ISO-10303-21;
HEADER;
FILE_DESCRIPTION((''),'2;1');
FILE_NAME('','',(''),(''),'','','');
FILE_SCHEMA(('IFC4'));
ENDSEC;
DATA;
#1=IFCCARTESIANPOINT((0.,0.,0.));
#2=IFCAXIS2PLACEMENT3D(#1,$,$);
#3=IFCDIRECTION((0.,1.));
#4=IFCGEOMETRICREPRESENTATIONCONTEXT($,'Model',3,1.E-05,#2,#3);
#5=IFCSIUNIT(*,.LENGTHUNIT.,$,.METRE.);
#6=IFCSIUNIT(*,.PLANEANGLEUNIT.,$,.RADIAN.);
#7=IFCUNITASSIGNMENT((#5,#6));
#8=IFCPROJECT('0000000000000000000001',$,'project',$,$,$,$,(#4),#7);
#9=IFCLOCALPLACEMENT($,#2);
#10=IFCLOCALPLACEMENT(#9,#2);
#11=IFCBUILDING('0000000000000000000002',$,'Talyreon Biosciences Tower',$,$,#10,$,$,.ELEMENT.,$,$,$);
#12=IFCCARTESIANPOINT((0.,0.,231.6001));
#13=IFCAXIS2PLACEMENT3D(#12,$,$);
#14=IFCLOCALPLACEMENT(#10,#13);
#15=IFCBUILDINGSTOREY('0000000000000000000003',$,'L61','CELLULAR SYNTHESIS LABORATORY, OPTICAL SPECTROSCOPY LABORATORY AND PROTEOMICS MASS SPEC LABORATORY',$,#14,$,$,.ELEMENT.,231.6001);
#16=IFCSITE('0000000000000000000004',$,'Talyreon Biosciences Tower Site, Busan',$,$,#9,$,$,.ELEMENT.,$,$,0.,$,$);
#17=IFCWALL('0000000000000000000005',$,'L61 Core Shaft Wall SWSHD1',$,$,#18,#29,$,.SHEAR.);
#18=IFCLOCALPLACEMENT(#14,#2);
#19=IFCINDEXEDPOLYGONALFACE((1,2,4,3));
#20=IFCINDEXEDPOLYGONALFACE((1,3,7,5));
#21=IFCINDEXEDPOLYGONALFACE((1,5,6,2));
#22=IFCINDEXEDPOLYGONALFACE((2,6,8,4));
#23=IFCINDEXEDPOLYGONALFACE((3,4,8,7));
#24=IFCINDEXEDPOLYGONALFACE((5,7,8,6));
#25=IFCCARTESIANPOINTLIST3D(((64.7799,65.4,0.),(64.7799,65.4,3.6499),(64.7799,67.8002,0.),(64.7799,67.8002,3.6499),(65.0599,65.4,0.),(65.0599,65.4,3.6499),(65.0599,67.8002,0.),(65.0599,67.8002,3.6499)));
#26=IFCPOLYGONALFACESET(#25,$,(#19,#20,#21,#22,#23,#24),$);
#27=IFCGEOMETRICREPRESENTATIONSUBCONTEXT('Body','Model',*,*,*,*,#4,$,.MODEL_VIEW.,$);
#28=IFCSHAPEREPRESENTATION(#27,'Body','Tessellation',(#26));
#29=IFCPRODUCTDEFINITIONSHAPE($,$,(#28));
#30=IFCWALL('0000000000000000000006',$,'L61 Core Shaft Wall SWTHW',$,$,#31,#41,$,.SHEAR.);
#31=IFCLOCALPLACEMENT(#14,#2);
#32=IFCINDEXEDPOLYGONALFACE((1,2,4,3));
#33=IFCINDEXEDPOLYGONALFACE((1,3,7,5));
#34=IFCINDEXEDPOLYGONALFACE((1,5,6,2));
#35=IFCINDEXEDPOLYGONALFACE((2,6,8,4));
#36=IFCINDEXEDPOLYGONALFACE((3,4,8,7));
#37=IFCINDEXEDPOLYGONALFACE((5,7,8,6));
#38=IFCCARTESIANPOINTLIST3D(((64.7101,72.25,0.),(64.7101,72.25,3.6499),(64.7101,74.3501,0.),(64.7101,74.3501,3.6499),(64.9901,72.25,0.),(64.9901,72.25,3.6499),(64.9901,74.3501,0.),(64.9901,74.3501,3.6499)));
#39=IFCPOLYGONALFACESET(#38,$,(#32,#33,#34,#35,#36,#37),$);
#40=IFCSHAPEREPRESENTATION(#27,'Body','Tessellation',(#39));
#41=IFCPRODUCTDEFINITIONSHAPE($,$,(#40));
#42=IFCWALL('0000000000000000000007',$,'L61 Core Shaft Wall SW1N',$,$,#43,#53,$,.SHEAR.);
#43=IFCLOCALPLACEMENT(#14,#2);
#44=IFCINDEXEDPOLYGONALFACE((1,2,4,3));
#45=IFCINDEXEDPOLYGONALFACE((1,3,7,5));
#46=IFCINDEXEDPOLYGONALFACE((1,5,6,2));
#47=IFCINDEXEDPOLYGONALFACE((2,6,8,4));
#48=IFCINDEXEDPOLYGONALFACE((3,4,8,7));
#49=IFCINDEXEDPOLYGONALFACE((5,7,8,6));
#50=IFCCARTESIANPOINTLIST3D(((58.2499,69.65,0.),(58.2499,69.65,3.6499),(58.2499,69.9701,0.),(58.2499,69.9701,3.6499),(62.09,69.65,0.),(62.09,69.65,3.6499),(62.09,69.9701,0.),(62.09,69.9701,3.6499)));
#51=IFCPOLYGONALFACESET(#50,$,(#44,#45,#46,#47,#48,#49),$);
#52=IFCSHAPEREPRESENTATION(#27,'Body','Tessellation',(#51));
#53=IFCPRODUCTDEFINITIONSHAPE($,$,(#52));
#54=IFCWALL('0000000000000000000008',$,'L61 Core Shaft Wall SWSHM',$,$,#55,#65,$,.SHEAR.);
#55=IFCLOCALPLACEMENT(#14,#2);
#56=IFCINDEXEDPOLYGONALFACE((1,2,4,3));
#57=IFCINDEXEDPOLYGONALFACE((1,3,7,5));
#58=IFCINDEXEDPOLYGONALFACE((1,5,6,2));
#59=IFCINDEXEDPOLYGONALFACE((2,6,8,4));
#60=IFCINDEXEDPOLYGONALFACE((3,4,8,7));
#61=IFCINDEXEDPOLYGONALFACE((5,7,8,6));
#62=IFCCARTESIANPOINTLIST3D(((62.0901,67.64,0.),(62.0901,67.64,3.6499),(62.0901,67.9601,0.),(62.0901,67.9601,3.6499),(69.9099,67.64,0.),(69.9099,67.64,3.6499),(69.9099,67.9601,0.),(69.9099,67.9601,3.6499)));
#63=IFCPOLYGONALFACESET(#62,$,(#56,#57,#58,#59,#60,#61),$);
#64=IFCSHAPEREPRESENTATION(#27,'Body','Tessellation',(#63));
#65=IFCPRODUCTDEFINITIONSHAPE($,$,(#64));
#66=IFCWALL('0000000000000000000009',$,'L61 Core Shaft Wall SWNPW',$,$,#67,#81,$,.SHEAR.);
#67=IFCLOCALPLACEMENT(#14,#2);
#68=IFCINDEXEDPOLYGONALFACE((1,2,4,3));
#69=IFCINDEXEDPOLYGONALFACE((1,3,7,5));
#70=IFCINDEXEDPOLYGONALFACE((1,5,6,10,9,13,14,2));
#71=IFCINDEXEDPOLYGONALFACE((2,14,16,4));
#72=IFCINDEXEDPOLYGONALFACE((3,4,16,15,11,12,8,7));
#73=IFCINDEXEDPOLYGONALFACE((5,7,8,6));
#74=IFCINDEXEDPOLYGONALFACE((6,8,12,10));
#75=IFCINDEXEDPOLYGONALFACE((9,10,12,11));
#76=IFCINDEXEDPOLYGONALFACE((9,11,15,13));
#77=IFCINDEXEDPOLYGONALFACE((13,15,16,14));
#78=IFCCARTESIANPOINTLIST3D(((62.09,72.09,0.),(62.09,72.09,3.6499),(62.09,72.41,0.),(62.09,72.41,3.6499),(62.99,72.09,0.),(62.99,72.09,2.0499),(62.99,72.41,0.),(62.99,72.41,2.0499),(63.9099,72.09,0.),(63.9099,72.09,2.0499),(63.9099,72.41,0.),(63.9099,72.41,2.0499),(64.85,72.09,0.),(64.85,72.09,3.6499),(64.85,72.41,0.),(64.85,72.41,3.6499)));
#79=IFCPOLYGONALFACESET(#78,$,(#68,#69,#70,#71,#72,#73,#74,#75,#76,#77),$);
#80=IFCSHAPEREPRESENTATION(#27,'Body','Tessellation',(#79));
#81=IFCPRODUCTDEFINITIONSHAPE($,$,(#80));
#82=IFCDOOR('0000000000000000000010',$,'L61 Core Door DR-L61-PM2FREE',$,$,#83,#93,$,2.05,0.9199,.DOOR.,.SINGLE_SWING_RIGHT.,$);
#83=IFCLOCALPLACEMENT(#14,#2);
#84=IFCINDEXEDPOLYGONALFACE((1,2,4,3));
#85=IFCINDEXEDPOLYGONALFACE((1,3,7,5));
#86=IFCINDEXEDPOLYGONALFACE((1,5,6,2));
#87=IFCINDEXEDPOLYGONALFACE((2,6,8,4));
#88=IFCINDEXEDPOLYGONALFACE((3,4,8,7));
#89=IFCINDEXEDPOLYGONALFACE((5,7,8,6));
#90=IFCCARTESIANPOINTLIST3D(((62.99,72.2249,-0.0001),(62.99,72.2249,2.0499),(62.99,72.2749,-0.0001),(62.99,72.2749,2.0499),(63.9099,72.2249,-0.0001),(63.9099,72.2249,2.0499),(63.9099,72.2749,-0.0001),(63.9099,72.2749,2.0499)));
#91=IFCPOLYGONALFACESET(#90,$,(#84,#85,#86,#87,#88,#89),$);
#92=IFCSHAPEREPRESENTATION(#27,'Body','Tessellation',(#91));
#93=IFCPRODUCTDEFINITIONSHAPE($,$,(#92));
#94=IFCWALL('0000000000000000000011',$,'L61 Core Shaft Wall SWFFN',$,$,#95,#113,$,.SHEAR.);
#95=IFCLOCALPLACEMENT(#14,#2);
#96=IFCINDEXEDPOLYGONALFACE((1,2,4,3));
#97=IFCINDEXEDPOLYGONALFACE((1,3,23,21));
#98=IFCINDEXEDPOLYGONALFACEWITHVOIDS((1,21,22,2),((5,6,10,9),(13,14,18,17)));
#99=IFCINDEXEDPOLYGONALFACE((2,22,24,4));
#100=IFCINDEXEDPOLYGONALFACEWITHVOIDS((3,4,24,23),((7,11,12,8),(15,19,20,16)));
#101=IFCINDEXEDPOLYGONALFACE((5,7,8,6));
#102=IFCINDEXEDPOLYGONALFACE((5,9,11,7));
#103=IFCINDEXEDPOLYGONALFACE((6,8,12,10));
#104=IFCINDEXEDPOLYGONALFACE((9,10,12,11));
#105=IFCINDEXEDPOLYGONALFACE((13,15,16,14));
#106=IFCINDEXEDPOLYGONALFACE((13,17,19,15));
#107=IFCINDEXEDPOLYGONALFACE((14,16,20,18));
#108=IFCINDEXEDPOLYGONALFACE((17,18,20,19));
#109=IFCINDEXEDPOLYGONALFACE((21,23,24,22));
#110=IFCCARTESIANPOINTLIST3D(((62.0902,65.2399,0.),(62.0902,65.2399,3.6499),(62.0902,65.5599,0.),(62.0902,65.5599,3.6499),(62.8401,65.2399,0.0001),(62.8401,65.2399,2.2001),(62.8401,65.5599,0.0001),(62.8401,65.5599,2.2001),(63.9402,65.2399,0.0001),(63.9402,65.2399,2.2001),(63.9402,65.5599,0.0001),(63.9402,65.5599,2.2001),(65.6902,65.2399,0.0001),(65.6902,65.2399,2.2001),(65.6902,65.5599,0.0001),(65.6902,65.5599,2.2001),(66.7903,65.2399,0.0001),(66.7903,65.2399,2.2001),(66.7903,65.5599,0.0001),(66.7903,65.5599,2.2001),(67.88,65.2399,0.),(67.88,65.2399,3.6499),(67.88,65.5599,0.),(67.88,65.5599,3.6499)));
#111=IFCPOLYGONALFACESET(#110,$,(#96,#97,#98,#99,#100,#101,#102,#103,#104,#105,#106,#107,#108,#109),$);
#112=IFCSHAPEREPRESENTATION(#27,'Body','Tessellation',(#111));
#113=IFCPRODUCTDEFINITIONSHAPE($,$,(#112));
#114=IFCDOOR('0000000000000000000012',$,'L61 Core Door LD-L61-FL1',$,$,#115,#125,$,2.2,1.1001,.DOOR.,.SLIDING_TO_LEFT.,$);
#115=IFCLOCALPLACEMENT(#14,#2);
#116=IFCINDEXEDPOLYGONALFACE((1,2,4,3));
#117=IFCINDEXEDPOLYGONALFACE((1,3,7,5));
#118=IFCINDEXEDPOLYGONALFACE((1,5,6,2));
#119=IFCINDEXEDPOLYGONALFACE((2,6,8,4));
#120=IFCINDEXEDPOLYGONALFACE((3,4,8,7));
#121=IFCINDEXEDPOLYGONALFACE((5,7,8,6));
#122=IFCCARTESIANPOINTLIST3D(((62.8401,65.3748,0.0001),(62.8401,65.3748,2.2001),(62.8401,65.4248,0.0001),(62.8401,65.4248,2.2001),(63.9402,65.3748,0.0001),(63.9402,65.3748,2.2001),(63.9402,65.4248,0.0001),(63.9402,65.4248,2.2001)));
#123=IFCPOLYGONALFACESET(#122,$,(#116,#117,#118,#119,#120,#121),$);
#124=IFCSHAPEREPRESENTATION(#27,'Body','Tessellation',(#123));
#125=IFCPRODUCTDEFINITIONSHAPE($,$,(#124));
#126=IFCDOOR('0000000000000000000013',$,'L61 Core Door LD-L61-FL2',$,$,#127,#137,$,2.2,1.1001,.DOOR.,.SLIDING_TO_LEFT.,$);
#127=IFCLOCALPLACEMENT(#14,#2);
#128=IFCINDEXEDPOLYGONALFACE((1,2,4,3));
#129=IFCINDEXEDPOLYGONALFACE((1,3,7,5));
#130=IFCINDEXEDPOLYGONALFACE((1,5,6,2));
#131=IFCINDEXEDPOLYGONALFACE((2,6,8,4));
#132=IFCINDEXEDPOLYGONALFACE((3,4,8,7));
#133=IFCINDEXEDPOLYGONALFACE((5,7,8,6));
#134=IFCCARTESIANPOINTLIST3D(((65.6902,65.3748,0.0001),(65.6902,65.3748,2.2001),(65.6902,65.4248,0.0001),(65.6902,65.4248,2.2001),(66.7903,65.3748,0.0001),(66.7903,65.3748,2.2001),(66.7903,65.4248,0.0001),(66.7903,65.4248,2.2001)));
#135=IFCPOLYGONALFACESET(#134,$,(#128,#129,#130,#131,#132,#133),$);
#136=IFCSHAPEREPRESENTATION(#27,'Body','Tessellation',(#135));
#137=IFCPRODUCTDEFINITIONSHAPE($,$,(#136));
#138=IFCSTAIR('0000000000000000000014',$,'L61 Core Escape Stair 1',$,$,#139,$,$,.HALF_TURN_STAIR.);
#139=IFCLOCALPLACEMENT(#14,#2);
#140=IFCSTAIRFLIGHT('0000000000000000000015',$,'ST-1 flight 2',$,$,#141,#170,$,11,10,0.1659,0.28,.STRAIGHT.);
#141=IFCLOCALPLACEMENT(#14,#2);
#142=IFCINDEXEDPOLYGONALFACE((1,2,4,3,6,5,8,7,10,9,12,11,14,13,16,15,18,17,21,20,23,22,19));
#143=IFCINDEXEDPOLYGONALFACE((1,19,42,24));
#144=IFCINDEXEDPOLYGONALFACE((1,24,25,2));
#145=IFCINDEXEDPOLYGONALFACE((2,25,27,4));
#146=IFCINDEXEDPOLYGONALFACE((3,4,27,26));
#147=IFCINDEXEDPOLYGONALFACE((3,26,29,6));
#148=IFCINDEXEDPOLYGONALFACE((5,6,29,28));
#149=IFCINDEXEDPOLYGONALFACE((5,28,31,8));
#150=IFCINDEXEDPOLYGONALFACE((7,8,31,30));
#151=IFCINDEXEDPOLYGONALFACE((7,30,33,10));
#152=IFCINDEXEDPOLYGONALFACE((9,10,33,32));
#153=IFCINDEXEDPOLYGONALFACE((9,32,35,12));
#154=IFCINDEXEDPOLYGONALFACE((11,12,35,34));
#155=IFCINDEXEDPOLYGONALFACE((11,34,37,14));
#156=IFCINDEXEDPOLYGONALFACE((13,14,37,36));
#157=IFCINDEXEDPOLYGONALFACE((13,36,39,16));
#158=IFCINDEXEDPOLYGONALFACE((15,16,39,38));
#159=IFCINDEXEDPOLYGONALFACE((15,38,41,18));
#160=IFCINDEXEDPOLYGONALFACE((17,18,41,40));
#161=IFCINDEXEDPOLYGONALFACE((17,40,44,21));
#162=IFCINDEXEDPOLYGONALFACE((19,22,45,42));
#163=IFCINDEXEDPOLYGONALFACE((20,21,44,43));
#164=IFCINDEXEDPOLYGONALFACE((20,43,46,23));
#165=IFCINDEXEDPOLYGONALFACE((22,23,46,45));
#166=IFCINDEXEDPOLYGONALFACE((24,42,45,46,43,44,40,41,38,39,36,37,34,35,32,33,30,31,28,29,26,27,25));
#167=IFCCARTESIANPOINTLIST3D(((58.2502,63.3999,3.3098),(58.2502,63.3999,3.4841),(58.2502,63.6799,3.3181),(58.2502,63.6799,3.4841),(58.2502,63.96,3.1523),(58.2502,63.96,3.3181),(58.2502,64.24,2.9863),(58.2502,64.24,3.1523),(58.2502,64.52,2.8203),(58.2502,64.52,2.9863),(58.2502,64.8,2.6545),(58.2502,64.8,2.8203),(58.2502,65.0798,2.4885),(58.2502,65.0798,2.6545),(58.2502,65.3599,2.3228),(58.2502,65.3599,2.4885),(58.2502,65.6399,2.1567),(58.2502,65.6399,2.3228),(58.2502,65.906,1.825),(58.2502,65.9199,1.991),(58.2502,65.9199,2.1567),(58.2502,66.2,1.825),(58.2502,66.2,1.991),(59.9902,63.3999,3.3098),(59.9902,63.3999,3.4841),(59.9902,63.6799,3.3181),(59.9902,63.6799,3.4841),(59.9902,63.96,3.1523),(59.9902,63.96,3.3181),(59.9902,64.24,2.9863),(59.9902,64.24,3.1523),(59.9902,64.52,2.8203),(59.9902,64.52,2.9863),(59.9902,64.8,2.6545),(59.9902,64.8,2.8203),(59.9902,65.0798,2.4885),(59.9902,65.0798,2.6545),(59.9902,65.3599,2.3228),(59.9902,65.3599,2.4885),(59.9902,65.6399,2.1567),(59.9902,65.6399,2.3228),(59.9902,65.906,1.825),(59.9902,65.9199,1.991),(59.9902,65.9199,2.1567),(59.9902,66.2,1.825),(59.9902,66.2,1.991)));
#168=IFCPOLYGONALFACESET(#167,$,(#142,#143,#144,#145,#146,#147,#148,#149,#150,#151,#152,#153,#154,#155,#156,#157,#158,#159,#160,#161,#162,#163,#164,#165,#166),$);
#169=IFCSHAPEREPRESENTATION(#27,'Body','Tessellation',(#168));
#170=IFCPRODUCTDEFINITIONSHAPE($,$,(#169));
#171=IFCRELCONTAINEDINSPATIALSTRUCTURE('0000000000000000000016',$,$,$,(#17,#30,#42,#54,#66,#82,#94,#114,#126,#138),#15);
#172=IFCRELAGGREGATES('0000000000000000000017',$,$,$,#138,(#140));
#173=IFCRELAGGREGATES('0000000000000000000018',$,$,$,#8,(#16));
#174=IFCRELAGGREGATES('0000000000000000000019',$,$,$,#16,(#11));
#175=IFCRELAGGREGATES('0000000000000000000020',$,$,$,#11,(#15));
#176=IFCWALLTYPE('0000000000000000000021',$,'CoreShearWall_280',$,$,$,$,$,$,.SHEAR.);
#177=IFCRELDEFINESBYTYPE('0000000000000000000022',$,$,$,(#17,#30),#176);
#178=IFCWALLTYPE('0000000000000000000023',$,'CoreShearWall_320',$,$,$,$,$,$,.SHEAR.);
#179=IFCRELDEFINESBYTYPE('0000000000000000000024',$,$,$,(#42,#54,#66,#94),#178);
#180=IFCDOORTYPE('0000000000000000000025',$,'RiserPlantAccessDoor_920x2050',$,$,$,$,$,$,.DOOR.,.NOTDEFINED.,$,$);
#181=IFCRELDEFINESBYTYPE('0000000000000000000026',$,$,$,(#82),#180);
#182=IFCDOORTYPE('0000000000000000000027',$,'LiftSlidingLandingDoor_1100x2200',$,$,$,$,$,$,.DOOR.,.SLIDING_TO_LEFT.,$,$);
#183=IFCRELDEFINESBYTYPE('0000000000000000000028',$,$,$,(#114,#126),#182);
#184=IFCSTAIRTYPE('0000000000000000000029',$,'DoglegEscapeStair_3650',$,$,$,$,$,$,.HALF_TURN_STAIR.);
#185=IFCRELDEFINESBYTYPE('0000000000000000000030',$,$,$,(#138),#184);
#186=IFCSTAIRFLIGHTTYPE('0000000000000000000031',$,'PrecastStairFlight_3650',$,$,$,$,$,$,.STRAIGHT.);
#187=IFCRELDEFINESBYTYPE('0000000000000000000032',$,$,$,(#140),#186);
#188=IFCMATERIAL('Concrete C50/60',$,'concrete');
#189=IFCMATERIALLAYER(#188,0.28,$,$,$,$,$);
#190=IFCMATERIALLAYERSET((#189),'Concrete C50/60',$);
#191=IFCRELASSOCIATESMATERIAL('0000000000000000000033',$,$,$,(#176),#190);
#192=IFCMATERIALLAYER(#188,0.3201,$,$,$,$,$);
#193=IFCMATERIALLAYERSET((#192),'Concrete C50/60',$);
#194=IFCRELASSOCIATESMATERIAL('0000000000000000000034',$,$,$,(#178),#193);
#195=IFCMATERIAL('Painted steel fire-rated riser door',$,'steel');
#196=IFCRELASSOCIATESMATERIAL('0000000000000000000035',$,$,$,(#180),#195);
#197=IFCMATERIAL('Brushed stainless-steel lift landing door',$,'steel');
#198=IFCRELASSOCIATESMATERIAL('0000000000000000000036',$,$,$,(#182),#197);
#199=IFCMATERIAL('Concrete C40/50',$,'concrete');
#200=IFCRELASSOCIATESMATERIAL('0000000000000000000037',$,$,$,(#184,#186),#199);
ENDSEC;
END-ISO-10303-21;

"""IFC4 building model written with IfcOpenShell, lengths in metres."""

from ifc_helpers import new_model, si_unit, direction, frame, frame_2d, origin, place, context, subcontext, project, spatial, polyline, rectangle, outline, extrude, material, layer, layer_set, type_object, element, fill, aggregate, save


model = new_model("IFC4")

# Units and contexts
model_context = context("Model", 3, precision=1e-05, world=origin(), true_north=direction((0.0, 1.0)))
body_context = subcontext(model_context, "Body", "Model", "MODEL_VIEW")
ifc_project = project(units=[si_unit("LENGTHUNIT", "METRE"), si_unit("PLANEANGLEUNIT", "RADIAN")], contexts=[model_context])

# Site, building, storey
site_placement = place(None, origin())
site = spatial("IfcSite", under=ifc_project, at=site_placement, Name="Talyreon Biosciences Tower Site, Busan", CompositionType="ELEMENT", RefElevation=0.0)
building_placement = place(site_placement, origin())
building = spatial("IfcBuilding", under=site, at=building_placement, Name="Talyreon Biosciences Tower", CompositionType="ELEMENT")
storey_placement = place(building_placement, frame((0.0, 0.0, 231.6001)))
storey = spatial("IfcBuildingStorey", under=building, at=storey_placement, Name="L61", Description="CELLULAR SYNTHESIS LABORATORY, OPTICAL SPECTROSCOPY LABORATORY AND PROTEOMICS MASS SPEC LABORATORY", CompositionType="ELEMENT", Elevation=231.6001)

# Walls
ifc_material_1 = material(Name="Concrete C50/60", Category="concrete")
ifc_layer_1 = layer(ifc_material_1, 0.28)
ifc_layer_set_1 = layer_set([ifc_layer_1], Name="Concrete C50/60")
wall_type_1 = type_object("IfcWallType", Name="CoreShearWall_280", PredefinedType="SHEAR", material=ifc_layer_set_1)
wall_1_placement = place(storey_placement, frame((64.9199, 65.3999, 0.0), z_axis=(0.0, 0.0, 1.0), x_axis=(0.0, 1.0, 0.0)))
element("IfcWall", 1, at=wall_1_placement, inside=storey, type_object=wall_type_1, Name="L61 Core Shaft Wall SWSHD1", PredefinedType="SHEAR", context=body_context, shape_type="SweptSolid", body=[
    extrude(rectangle(XDim=2.4001, YDim=0.28, at=frame_2d((1.2002, 0.0))), origin(), (0.0, 0.0, 1.0), 3.6499),
])
wall_2_placement = place(storey_placement, frame((64.8501, 72.25, 0.0), z_axis=(0.0, 0.0, 1.0), x_axis=(0.0, 1.0, 0.0)))
element("IfcWall", 2, at=wall_2_placement, inside=storey, type_object=wall_type_1, Name="L61 Core Shaft Wall SWTHW", PredefinedType="SHEAR", context=body_context, shape_type="SweptSolid", body=[
    extrude(rectangle(XDim=2.1001, YDim=0.28, at=frame_2d((1.05, 0.0))), origin(), (0.0, 0.0, 1.0), 3.6499),
])
ifc_layer_2 = layer(ifc_material_1, 0.3201)
ifc_layer_set_2 = layer_set([ifc_layer_2], Name="Concrete C50/60")
wall_type_2 = type_object("IfcWallType", Name="CoreShearWall_320", PredefinedType="SHEAR", material=ifc_layer_set_2)
wall_3_placement = place(storey_placement, frame((58.25, 69.8101, 0.0), z_axis=(0.0, 0.0, 1.0), x_axis=(1.0, 0.0, 0.0)))
element("IfcWall", 3, at=wall_3_placement, inside=storey, type_object=wall_type_2, Name="L61 Core Shaft Wall SW1N", PredefinedType="SHEAR", context=body_context, shape_type="SweptSolid", body=[
    extrude(rectangle(XDim=3.8401, YDim=0.3201, at=frame_2d((1.9199, 0.0))), origin(), (0.0, 0.0, 1.0), 3.6499),
])
wall_4_placement = place(storey_placement, frame((62.0901, 67.8, 0.0), z_axis=(0.0, 0.0, 1.0), x_axis=(1.0, 0.0, 0.0)))
element("IfcWall", 4, at=wall_4_placement, inside=storey, type_object=wall_type_2, Name="L61 Core Shaft Wall SWSHM", PredefinedType="SHEAR", context=body_context, shape_type="SweptSolid", body=[
    extrude(rectangle(XDim=7.8198, YDim=0.3201, at=frame_2d((3.9099, 0.0))), origin(), (0.0, 0.0, 1.0), 3.6499),
])

# Wall, opening, door
wall_5_placement = place(storey_placement, frame((62.0901, 72.25, 0.0), z_axis=(0.0, 0.0, 1.0), x_axis=(1.0, 0.0, 0.0)))
wall_5 = element("IfcWall", 5, at=wall_5_placement, inside=storey, type_object=wall_type_2, Name="L61 Core Shaft Wall SWNPW", PredefinedType="SHEAR", context=body_context, shape_type="SweptSolid", body=[
    extrude(rectangle(XDim=2.76, YDim=0.3201, at=frame_2d((1.3799, 0.0))), origin(), (0.0, 0.0, 1.0), 3.6499),
])
opening_1_placement = place(wall_5_placement, frame((0.8999, 0.0, 0.0)))
opening_1 = element("IfcOpeningElement", 6, at=opening_1_placement, cuts=wall_5, PredefinedType="OPENING", context=body_context, shape_type="SweptSolid", body=[
    extrude(rectangle(XDim=0.9199, YDim=2.05, at=frame_2d((0.46, 1.0249))), frame((0.0, 0.1699, 0.0), z_axis=(0.0, -1.0, 0.0), x_axis=(1.0, 0.0, 0.0)), (0.0, 0.0, 1.0), 0.3401),
])
ifc_material_2 = material(Name="Painted steel fire-rated riser door", Category="steel")
door_type_1 = type_object("IfcDoorType", Name="RiserPlantAccessDoor_920x2050", OperationType="NOTDEFINED", PredefinedType="DOOR", material=ifc_material_2)
door_1_placement = place(opening_1_placement, origin())
door_1 = element("IfcDoor", 7, at=door_1_placement, inside=storey, type_object=door_type_1, Name="L61 Core Door DR-L61-PM2FREE", OperationType="SINGLE_SWING_RIGHT", OverallHeight=2.05, OverallWidth=0.9199, PredefinedType="DOOR", context=body_context, shape_type="SweptSolid", body=[
    extrude(rectangle(XDim=0.9199, YDim=2.05, at=frame_2d((0.46, 1.0249))), frame((0.0, 0.0249, 0.0), z_axis=(0.0, -1.0, 0.0), x_axis=(1.0, 0.0, 0.0)), (0.0, 0.0, 1.0), 0.05),
])
fill(opening_1, door_1)

# Wall, openings, doors
wall_6_placement = place(storey_placement, frame((62.0901, 65.3999, 0.0), z_axis=(0.0, 0.0, 1.0), x_axis=(1.0, 0.0, 0.0)))
wall_6 = element("IfcWall", 8, at=wall_6_placement, inside=storey, type_object=wall_type_2, Name="L61 Core Shaft Wall SWFFN", PredefinedType="SHEAR", context=body_context, shape_type="SweptSolid", body=[
    extrude(rectangle(XDim=5.7898, YDim=0.3201, at=frame_2d((2.895, 0.0))), origin(), (0.0, 0.0, 1.0), 3.6499),
])
opening_2_placement = place(wall_6_placement, frame((0.75, 0.0, 0.0)))
opening_2 = element("IfcOpeningElement", 9, at=opening_2_placement, cuts=wall_6, PredefinedType="OPENING", context=body_context, shape_type="SweptSolid", body=[
    extrude(rectangle(XDim=1.1001, YDim=2.2, at=frame_2d((0.55, 1.1001))), frame((0.0, 0.1699, 0.0), z_axis=(0.0, -1.0, 0.0), x_axis=(1.0, 0.0, 0.0)), (0.0, 0.0, 1.0), 0.3401),
])
opening_3_placement = place(wall_6_placement, frame((3.6001, 0.0, 0.0)))
opening_3 = element("IfcOpeningElement", 10, at=opening_3_placement, cuts=wall_6, PredefinedType="OPENING", context=body_context, shape_type="SweptSolid", body=[
    extrude(rectangle(XDim=1.1001, YDim=2.2, at=frame_2d((0.55, 1.1001))), frame((0.0, 0.1699, 0.0), z_axis=(0.0, -1.0, 0.0), x_axis=(1.0, 0.0, 0.0)), (0.0, 0.0, 1.0), 0.3401),
])
ifc_material_3 = material(Name="Brushed stainless-steel lift landing door", Category="steel")
door_type_2 = type_object("IfcDoorType", Name="LiftSlidingLandingDoor_1100x2200", OperationType="SLIDING_TO_LEFT", PredefinedType="DOOR", material=ifc_material_3)
door_2_placement = place(opening_2_placement, origin())
door_2 = element("IfcDoor", 11, at=door_2_placement, inside=storey, type_object=door_type_2, Name="L61 Core Door LD-L61-FL1", OperationType="SLIDING_TO_LEFT", OverallHeight=2.2, OverallWidth=1.1001, PredefinedType="DOOR", context=body_context, shape_type="SweptSolid", body=[
    extrude(rectangle(XDim=1.1001, YDim=2.2, at=frame_2d((0.55, 1.1001))), frame((0.0, 0.0249, 0.0), z_axis=(0.0, -1.0, 0.0), x_axis=(1.0, 0.0, 0.0)), (0.0, 0.0, 1.0), 0.05),
])
fill(opening_2, door_2)
door_3_placement = place(opening_3_placement, origin())
door_3 = element("IfcDoor", 12, at=door_3_placement, inside=storey, type_object=door_type_2, Name="L61 Core Door LD-L61-FL2", OperationType="SLIDING_TO_LEFT", OverallHeight=2.2, OverallWidth=1.1001, PredefinedType="DOOR", context=body_context, shape_type="SweptSolid", body=[
    extrude(rectangle(XDim=1.1001, YDim=2.2, at=frame_2d((0.55, 1.1001))), frame((0.0, 0.0249, 0.0), z_axis=(0.0, -1.0, 0.0), x_axis=(1.0, 0.0, 0.0)), (0.0, 0.0, 1.0), 0.05),
])
fill(opening_3, door_3)

# Stair, stair flight
ifc_material_4 = material(Name="Concrete C40/50", Category="concrete")
stair_type = type_object("IfcStairType", Name="DoglegEscapeStair_3650", PredefinedType="HALF_TURN_STAIR", material=ifc_material_4)
stair_placement = place(storey_placement, origin())
stair = element("IfcStair", 13, at=stair_placement, inside=storey, type_object=stair_type, Name="L61 Core Escape Stair 1", PredefinedType="HALF_TURN_STAIR")
stair_flight_type = type_object("IfcStairFlightType", Name="PrecastStairFlight_3650", PredefinedType="STRAIGHT", material=ifc_material_4)
stair_flight_placement = place(storey_placement, frame((59.1201, 66.2, 1.825), z_axis=(0.0, 0.0, 1.0), x_axis=(0.0, -1.0, 0.0)))
stair_flight = element("IfcStairFlight", 14, at=stair_flight_placement, type_object=stair_flight_type, Name="ST-1 flight 2", NumberOfRisers=11, NumberOfTreads=10, PredefinedType="STRAIGHT", RiserHeight=0.1659, TreadLength=0.28, context=body_context, shape_type="SweptSolid", body=[
    extrude(outline(polyline([(0.0, 0.0), (0.0, 0.166), (0.28, 0.166), (0.28, 0.3318), (0.5601, 0.3318), (0.5601, 0.4978), (0.8401, 0.4978), (0.8401, 0.6636), (1.1201, 0.6636), (1.1201, 0.8296), (1.3999, 0.8296), (1.3999, 0.9954), (1.6799, 0.9954), (1.6799, 1.1614), (1.96, 1.1614), (1.96, 1.3274), (2.24, 1.3274), (2.24, 1.4932), (2.52, 1.4932), (2.52, 1.6592), (2.8, 1.6592), (2.8, 1.825), (2.8, 1.4849), (0.2939, 0.0), (0.0, 0.0)])), frame((0.0, 0.8701, 0.0), z_axis=(0.0, -1.0, 0.0), x_axis=(1.0, 0.0, 0.0)), (0.0, 0.0, 1.0), 1.74),
])
aggregate(stair, [stair_flight])

save(model, "model.ifc")
